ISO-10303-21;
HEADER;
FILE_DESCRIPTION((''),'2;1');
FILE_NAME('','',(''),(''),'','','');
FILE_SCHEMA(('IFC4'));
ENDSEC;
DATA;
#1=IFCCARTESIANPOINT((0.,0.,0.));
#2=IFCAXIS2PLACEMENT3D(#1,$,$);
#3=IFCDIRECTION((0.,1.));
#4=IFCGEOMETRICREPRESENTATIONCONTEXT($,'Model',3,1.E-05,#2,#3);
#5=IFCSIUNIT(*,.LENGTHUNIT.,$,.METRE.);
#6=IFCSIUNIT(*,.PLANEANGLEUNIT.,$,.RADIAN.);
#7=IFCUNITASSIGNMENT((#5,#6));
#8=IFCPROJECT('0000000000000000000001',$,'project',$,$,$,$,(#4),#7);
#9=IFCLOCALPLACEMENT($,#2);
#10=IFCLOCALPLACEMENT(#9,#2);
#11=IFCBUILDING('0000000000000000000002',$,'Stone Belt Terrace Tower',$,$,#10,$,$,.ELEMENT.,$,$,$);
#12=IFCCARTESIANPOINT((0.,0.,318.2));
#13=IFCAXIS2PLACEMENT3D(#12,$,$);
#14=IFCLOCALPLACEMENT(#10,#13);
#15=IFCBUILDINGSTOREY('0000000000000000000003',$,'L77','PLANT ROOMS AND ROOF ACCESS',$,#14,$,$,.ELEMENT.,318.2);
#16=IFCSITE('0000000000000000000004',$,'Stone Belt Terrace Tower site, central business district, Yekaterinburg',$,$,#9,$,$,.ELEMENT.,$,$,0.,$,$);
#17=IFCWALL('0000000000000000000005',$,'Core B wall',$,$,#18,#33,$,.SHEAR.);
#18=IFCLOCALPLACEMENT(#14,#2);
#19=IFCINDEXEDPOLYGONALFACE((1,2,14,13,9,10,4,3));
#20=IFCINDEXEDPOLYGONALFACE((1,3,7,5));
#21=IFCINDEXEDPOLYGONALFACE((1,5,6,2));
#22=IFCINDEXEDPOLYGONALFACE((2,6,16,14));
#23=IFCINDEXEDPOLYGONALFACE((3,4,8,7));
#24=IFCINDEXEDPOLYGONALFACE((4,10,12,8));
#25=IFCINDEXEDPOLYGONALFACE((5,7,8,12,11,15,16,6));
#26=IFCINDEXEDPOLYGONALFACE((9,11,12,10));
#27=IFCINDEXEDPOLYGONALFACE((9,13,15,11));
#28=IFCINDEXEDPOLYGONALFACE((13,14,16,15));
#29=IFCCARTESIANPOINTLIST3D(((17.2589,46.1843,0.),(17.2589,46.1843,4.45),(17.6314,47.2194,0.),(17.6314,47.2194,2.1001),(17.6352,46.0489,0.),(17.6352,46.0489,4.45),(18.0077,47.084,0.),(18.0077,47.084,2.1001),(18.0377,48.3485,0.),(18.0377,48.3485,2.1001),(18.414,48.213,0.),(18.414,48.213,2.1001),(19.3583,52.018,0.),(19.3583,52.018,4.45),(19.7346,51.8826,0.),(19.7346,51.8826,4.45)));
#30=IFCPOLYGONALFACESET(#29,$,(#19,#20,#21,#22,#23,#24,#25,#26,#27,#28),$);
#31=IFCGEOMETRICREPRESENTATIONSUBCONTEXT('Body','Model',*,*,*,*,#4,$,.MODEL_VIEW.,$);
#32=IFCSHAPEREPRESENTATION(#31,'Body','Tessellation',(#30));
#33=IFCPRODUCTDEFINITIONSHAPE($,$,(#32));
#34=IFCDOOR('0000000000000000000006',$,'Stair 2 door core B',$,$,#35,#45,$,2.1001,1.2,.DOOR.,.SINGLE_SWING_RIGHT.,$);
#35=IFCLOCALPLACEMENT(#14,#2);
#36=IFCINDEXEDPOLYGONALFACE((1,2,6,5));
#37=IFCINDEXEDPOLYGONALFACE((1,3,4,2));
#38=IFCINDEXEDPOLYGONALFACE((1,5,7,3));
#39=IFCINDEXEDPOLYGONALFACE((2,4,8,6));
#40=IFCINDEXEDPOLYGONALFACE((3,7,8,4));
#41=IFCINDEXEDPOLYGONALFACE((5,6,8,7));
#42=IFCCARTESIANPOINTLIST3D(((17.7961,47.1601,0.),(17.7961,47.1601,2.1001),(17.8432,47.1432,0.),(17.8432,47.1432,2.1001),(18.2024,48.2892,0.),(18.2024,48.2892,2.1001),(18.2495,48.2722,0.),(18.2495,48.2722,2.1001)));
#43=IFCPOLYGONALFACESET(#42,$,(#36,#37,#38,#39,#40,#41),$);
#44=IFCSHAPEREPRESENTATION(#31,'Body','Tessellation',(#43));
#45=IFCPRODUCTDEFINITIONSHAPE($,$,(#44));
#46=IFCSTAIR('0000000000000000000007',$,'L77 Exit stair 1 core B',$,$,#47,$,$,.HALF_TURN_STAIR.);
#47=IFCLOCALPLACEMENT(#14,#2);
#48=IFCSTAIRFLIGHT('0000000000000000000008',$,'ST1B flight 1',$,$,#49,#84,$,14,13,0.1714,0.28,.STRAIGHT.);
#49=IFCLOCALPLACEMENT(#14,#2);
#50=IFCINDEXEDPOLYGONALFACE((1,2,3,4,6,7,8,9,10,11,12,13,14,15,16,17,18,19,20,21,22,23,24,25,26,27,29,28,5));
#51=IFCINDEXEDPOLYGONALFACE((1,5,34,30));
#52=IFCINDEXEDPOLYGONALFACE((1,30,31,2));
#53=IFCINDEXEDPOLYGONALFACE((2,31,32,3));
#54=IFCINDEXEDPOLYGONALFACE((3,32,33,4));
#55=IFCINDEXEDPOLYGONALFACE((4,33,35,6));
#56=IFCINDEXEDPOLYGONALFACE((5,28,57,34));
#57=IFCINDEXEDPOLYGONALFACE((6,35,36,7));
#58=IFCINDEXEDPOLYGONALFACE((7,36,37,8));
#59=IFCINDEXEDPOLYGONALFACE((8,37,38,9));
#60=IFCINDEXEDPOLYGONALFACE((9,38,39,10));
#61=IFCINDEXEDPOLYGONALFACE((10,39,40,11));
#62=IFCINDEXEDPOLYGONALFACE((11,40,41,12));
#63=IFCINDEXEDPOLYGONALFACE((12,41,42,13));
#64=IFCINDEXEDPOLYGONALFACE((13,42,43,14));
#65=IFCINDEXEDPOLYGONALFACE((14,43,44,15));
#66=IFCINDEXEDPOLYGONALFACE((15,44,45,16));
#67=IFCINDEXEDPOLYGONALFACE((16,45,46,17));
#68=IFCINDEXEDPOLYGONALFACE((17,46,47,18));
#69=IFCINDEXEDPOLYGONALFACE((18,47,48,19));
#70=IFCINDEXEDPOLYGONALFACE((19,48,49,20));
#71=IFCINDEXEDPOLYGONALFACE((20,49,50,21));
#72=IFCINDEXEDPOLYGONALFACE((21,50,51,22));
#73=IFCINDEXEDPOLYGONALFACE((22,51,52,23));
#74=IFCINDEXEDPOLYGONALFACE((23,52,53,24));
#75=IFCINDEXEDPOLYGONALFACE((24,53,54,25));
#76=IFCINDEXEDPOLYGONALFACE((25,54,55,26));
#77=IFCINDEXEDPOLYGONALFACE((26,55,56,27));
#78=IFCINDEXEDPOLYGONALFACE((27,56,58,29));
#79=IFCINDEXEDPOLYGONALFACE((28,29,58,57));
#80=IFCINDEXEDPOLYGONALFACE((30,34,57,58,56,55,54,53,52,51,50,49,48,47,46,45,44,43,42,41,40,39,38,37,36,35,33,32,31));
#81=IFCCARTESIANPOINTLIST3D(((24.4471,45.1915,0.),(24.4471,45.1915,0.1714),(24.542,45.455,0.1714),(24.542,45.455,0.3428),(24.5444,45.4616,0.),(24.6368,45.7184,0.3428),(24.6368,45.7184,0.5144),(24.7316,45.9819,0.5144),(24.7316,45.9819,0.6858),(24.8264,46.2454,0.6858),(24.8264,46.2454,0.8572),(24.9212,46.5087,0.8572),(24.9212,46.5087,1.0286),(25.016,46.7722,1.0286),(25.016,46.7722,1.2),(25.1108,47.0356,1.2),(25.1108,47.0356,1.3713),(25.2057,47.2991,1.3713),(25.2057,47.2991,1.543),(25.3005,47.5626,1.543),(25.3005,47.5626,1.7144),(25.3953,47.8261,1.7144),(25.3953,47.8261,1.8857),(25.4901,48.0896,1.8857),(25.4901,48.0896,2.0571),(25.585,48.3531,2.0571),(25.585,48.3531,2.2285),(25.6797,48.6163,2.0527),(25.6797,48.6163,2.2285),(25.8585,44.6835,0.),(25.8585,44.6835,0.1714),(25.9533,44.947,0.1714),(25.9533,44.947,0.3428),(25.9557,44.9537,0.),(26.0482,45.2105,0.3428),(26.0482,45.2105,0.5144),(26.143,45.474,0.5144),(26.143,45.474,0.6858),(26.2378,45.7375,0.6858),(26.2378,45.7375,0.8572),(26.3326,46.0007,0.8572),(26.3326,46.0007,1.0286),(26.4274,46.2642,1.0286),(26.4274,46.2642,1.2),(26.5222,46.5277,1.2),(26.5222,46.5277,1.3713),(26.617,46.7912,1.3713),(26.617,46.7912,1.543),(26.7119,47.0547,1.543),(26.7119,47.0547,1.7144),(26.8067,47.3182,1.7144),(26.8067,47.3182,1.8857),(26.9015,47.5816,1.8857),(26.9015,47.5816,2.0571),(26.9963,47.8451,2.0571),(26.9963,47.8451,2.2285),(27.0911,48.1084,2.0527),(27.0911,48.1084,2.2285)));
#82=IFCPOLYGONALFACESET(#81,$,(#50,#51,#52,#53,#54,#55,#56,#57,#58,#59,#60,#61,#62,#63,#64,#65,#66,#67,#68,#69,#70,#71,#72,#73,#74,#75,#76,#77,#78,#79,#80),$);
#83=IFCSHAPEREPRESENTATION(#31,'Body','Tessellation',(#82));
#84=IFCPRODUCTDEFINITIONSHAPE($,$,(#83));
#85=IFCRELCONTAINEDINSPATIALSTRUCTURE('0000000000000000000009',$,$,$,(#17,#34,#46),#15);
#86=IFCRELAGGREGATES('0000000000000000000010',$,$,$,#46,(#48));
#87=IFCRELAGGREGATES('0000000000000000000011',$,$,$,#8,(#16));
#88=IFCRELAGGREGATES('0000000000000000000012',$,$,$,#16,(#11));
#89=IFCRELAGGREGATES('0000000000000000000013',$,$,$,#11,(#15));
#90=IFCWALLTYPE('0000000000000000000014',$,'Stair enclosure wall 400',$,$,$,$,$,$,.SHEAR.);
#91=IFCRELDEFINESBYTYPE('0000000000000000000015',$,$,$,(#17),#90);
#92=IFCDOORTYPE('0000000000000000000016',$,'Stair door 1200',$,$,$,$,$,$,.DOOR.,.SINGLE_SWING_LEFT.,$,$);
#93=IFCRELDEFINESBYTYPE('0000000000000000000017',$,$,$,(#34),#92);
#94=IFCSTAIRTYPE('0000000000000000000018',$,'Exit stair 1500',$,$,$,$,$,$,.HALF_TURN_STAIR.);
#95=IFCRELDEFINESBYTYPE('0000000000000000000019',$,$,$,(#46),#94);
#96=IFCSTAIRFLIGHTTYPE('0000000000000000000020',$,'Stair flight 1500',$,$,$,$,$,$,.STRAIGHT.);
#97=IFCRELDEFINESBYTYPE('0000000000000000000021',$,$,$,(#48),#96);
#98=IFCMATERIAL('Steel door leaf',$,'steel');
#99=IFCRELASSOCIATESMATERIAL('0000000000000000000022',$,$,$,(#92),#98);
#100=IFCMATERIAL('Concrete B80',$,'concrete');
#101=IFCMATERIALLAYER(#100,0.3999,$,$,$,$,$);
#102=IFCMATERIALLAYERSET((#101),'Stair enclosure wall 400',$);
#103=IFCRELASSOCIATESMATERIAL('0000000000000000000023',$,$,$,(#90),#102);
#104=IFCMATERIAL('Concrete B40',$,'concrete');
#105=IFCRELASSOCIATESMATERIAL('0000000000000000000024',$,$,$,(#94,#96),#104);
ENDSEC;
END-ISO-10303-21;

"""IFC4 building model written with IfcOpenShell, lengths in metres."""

from ifc_helpers import new_model, si_unit, direction, frame, frame_2d, origin, place, context, subcontext, project, spatial, polyline, rectangle, outline, extrude, material, layer, layer_set, type_object, element, fill, aggregate, save


model = new_model("IFC4")

# Units and contexts
model_context = context("Model", 3, precision=1e-05, world=origin(), true_north=direction((0.0, 1.0)))
body_context = subcontext(model_context, "Body", "Model", "MODEL_VIEW")
ifc_project = project(units=[si_unit("LENGTHUNIT", "METRE"), si_unit("PLANEANGLEUNIT", "RADIAN")], contexts=[model_context])

# Site, building, storey
site_placement = place(None, origin())
site = spatial("IfcSite", under=ifc_project, at=site_placement, Name="Stone Belt Terrace Tower site, central business district, Yekaterinburg", CompositionType="ELEMENT", RefElevation=0.0)
building_placement = place(site_placement, origin())
building = spatial("IfcBuilding", under=site, at=building_placement, Name="Stone Belt Terrace Tower", CompositionType="ELEMENT")
storey_placement = place(building_placement, frame((0.0, 0.0, 318.2)))
storey = spatial("IfcBuildingStorey", under=building, at=storey_placement, Name="L77", Description="PLANT ROOMS AND ROOF ACCESS", CompositionType="ELEMENT", Elevation=318.2)

# Wall, opening, door
ifc_material_1 = material(Name="Steel door leaf", Category="steel")
door_type_1 = type_object("IfcDoorType", Name="Stair door 1200", OperationType="SINGLE_SWING_LEFT", PredefinedType="DOOR", material=ifc_material_1)
ifc_material_2 = material(Name="Concrete B80", Category="concrete")
ifc_layer_1 = layer(ifc_material_2, 0.3999)
ifc_layer_set_1 = layer_set([ifc_layer_1], Name="Stair enclosure wall 400")
wall_type_1 = type_object("IfcWallType", Name="Stair enclosure wall 400", PredefinedType="SHEAR", material=ifc_layer_set_1)
wall_1_placement = place(storey_placement, frame((17.447, 46.1165, 0.0), z_axis=(0.0, 0.0, 1.0), x_axis=(0.338608, 0.940928, 0.0)))
wall_1 = element("IfcWall", 1, at=wall_1_placement, inside=storey, type_object=wall_type_1, Name="Core B wall", PredefinedType="SHEAR", context=body_context, shape_type="SweptSolid", body=[
    extrude(rectangle(XDim=6.2, YDim=0.3999, at=frame_2d((3.1001, 0.0))), origin(), (0.0, 0.0, 1.0), 4.45),
])
opening_1_placement = place(wall_1_placement, frame((1.1001, 0.0, 0.0)))
opening_1 = element("IfcOpeningElement", 2, at=opening_1_placement, cuts=wall_1, PredefinedType="OPENING", context=body_context, shape_type="SweptSolid", body=[
    extrude(rectangle(XDim=1.2, YDim=2.1001, at=frame_2d((0.6001, 1.05))), frame((0.0, 0.21, 0.0), z_axis=(0.0, -1.0, 0.0), x_axis=(1.0, 0.0, 0.0)), (0.0, 0.0, 1.0), 0.4199),
])
door_1_placement = place(opening_1_placement, origin())
door_1 = element("IfcDoor", 3, at=door_1_placement, inside=storey, type_object=door_type_1, Name="Stair 2 door core B", OperationType="SINGLE_SWING_RIGHT", OverallHeight=2.1001, OverallWidth=1.2, PredefinedType="DOOR", context=body_context, shape_type="SweptSolid", body=[
    extrude(rectangle(XDim=1.2, YDim=2.1001, at=frame_2d((0.6001, 1.05))), frame((0.0, 0.0249, 0.0), z_axis=(0.0, -1.0, 0.0), x_axis=(1.0, 0.0, 0.0)), (0.0, 0.0, 1.0), 0.05),
])
fill(opening_1, door_1)

# Stair, stair flight
ifc_material_3 = material(Name="Concrete B40", Category="concrete")
stair_type = type_object("IfcStairType", Name="Exit stair 1500", PredefinedType="HALF_TURN_STAIR", material=ifc_material_3)
stair_placement = place(storey_placement, origin())
stair = element("IfcStair", 4, at=stair_placement, inside=storey, type_object=stair_type, Name="L77 Exit stair 1 core B", PredefinedType="HALF_TURN_STAIR")
stair_flight_type = type_object("IfcStairFlightType", Name="Stair flight 1500", PredefinedType="STRAIGHT", material=ifc_material_3)
stair_flight_placement = place(storey_placement, frame((25.1528, 44.9375, 0.0), z_axis=(0.0, 0.0, 1.0), x_axis=(0.338624, 0.940922, 0.0)))
stair_flight = element("IfcStairFlight", 5, at=stair_flight_placement, type_object=stair_flight_type, Name="ST1B flight 1", NumberOfRisers=14, NumberOfTreads=13, PredefinedType="STRAIGHT", RiserHeight=0.1714, TreadLength=0.28, context=body_context, shape_type="SweptSolid", body=[
    extrude(outline(polyline([(0.0, 0.0), (0.0, 0.1714), (0.28, 0.1714), (0.28, 0.3428), (0.5601, 0.3428), (0.5601, 0.5144), (0.8401, 0.5144), (0.8401, 0.6858), (1.1201, 0.6858), (1.1201, 0.8572), (1.3999, 0.8572), (1.3999, 1.0286), (1.6799, 1.0286), (1.6799, 1.2), (1.96, 1.2), (1.96, 1.3713), (2.24, 1.3713), (2.24, 1.543), (2.52, 1.543), (2.52, 1.7144), (2.8, 1.7144), (2.8, 1.8857), (3.0801, 1.8857), (3.0801, 2.0571), (3.3601, 2.0571), (3.3601, 2.2285), (3.6399, 2.2285), (3.6399, 2.3999), (3.6399, 2.0527), (0.2871, 0.0), (0.0, 0.0)])), frame((0.0, 0.75, 0.0), z_axis=(0.0, -1.0, 0.0), x_axis=(1.0, 0.0, 0.0)), (0.0, 0.0, 1.0), 1.5),
])
aggregate(stair, [stair_flight])

save(model, "model.ifc")
